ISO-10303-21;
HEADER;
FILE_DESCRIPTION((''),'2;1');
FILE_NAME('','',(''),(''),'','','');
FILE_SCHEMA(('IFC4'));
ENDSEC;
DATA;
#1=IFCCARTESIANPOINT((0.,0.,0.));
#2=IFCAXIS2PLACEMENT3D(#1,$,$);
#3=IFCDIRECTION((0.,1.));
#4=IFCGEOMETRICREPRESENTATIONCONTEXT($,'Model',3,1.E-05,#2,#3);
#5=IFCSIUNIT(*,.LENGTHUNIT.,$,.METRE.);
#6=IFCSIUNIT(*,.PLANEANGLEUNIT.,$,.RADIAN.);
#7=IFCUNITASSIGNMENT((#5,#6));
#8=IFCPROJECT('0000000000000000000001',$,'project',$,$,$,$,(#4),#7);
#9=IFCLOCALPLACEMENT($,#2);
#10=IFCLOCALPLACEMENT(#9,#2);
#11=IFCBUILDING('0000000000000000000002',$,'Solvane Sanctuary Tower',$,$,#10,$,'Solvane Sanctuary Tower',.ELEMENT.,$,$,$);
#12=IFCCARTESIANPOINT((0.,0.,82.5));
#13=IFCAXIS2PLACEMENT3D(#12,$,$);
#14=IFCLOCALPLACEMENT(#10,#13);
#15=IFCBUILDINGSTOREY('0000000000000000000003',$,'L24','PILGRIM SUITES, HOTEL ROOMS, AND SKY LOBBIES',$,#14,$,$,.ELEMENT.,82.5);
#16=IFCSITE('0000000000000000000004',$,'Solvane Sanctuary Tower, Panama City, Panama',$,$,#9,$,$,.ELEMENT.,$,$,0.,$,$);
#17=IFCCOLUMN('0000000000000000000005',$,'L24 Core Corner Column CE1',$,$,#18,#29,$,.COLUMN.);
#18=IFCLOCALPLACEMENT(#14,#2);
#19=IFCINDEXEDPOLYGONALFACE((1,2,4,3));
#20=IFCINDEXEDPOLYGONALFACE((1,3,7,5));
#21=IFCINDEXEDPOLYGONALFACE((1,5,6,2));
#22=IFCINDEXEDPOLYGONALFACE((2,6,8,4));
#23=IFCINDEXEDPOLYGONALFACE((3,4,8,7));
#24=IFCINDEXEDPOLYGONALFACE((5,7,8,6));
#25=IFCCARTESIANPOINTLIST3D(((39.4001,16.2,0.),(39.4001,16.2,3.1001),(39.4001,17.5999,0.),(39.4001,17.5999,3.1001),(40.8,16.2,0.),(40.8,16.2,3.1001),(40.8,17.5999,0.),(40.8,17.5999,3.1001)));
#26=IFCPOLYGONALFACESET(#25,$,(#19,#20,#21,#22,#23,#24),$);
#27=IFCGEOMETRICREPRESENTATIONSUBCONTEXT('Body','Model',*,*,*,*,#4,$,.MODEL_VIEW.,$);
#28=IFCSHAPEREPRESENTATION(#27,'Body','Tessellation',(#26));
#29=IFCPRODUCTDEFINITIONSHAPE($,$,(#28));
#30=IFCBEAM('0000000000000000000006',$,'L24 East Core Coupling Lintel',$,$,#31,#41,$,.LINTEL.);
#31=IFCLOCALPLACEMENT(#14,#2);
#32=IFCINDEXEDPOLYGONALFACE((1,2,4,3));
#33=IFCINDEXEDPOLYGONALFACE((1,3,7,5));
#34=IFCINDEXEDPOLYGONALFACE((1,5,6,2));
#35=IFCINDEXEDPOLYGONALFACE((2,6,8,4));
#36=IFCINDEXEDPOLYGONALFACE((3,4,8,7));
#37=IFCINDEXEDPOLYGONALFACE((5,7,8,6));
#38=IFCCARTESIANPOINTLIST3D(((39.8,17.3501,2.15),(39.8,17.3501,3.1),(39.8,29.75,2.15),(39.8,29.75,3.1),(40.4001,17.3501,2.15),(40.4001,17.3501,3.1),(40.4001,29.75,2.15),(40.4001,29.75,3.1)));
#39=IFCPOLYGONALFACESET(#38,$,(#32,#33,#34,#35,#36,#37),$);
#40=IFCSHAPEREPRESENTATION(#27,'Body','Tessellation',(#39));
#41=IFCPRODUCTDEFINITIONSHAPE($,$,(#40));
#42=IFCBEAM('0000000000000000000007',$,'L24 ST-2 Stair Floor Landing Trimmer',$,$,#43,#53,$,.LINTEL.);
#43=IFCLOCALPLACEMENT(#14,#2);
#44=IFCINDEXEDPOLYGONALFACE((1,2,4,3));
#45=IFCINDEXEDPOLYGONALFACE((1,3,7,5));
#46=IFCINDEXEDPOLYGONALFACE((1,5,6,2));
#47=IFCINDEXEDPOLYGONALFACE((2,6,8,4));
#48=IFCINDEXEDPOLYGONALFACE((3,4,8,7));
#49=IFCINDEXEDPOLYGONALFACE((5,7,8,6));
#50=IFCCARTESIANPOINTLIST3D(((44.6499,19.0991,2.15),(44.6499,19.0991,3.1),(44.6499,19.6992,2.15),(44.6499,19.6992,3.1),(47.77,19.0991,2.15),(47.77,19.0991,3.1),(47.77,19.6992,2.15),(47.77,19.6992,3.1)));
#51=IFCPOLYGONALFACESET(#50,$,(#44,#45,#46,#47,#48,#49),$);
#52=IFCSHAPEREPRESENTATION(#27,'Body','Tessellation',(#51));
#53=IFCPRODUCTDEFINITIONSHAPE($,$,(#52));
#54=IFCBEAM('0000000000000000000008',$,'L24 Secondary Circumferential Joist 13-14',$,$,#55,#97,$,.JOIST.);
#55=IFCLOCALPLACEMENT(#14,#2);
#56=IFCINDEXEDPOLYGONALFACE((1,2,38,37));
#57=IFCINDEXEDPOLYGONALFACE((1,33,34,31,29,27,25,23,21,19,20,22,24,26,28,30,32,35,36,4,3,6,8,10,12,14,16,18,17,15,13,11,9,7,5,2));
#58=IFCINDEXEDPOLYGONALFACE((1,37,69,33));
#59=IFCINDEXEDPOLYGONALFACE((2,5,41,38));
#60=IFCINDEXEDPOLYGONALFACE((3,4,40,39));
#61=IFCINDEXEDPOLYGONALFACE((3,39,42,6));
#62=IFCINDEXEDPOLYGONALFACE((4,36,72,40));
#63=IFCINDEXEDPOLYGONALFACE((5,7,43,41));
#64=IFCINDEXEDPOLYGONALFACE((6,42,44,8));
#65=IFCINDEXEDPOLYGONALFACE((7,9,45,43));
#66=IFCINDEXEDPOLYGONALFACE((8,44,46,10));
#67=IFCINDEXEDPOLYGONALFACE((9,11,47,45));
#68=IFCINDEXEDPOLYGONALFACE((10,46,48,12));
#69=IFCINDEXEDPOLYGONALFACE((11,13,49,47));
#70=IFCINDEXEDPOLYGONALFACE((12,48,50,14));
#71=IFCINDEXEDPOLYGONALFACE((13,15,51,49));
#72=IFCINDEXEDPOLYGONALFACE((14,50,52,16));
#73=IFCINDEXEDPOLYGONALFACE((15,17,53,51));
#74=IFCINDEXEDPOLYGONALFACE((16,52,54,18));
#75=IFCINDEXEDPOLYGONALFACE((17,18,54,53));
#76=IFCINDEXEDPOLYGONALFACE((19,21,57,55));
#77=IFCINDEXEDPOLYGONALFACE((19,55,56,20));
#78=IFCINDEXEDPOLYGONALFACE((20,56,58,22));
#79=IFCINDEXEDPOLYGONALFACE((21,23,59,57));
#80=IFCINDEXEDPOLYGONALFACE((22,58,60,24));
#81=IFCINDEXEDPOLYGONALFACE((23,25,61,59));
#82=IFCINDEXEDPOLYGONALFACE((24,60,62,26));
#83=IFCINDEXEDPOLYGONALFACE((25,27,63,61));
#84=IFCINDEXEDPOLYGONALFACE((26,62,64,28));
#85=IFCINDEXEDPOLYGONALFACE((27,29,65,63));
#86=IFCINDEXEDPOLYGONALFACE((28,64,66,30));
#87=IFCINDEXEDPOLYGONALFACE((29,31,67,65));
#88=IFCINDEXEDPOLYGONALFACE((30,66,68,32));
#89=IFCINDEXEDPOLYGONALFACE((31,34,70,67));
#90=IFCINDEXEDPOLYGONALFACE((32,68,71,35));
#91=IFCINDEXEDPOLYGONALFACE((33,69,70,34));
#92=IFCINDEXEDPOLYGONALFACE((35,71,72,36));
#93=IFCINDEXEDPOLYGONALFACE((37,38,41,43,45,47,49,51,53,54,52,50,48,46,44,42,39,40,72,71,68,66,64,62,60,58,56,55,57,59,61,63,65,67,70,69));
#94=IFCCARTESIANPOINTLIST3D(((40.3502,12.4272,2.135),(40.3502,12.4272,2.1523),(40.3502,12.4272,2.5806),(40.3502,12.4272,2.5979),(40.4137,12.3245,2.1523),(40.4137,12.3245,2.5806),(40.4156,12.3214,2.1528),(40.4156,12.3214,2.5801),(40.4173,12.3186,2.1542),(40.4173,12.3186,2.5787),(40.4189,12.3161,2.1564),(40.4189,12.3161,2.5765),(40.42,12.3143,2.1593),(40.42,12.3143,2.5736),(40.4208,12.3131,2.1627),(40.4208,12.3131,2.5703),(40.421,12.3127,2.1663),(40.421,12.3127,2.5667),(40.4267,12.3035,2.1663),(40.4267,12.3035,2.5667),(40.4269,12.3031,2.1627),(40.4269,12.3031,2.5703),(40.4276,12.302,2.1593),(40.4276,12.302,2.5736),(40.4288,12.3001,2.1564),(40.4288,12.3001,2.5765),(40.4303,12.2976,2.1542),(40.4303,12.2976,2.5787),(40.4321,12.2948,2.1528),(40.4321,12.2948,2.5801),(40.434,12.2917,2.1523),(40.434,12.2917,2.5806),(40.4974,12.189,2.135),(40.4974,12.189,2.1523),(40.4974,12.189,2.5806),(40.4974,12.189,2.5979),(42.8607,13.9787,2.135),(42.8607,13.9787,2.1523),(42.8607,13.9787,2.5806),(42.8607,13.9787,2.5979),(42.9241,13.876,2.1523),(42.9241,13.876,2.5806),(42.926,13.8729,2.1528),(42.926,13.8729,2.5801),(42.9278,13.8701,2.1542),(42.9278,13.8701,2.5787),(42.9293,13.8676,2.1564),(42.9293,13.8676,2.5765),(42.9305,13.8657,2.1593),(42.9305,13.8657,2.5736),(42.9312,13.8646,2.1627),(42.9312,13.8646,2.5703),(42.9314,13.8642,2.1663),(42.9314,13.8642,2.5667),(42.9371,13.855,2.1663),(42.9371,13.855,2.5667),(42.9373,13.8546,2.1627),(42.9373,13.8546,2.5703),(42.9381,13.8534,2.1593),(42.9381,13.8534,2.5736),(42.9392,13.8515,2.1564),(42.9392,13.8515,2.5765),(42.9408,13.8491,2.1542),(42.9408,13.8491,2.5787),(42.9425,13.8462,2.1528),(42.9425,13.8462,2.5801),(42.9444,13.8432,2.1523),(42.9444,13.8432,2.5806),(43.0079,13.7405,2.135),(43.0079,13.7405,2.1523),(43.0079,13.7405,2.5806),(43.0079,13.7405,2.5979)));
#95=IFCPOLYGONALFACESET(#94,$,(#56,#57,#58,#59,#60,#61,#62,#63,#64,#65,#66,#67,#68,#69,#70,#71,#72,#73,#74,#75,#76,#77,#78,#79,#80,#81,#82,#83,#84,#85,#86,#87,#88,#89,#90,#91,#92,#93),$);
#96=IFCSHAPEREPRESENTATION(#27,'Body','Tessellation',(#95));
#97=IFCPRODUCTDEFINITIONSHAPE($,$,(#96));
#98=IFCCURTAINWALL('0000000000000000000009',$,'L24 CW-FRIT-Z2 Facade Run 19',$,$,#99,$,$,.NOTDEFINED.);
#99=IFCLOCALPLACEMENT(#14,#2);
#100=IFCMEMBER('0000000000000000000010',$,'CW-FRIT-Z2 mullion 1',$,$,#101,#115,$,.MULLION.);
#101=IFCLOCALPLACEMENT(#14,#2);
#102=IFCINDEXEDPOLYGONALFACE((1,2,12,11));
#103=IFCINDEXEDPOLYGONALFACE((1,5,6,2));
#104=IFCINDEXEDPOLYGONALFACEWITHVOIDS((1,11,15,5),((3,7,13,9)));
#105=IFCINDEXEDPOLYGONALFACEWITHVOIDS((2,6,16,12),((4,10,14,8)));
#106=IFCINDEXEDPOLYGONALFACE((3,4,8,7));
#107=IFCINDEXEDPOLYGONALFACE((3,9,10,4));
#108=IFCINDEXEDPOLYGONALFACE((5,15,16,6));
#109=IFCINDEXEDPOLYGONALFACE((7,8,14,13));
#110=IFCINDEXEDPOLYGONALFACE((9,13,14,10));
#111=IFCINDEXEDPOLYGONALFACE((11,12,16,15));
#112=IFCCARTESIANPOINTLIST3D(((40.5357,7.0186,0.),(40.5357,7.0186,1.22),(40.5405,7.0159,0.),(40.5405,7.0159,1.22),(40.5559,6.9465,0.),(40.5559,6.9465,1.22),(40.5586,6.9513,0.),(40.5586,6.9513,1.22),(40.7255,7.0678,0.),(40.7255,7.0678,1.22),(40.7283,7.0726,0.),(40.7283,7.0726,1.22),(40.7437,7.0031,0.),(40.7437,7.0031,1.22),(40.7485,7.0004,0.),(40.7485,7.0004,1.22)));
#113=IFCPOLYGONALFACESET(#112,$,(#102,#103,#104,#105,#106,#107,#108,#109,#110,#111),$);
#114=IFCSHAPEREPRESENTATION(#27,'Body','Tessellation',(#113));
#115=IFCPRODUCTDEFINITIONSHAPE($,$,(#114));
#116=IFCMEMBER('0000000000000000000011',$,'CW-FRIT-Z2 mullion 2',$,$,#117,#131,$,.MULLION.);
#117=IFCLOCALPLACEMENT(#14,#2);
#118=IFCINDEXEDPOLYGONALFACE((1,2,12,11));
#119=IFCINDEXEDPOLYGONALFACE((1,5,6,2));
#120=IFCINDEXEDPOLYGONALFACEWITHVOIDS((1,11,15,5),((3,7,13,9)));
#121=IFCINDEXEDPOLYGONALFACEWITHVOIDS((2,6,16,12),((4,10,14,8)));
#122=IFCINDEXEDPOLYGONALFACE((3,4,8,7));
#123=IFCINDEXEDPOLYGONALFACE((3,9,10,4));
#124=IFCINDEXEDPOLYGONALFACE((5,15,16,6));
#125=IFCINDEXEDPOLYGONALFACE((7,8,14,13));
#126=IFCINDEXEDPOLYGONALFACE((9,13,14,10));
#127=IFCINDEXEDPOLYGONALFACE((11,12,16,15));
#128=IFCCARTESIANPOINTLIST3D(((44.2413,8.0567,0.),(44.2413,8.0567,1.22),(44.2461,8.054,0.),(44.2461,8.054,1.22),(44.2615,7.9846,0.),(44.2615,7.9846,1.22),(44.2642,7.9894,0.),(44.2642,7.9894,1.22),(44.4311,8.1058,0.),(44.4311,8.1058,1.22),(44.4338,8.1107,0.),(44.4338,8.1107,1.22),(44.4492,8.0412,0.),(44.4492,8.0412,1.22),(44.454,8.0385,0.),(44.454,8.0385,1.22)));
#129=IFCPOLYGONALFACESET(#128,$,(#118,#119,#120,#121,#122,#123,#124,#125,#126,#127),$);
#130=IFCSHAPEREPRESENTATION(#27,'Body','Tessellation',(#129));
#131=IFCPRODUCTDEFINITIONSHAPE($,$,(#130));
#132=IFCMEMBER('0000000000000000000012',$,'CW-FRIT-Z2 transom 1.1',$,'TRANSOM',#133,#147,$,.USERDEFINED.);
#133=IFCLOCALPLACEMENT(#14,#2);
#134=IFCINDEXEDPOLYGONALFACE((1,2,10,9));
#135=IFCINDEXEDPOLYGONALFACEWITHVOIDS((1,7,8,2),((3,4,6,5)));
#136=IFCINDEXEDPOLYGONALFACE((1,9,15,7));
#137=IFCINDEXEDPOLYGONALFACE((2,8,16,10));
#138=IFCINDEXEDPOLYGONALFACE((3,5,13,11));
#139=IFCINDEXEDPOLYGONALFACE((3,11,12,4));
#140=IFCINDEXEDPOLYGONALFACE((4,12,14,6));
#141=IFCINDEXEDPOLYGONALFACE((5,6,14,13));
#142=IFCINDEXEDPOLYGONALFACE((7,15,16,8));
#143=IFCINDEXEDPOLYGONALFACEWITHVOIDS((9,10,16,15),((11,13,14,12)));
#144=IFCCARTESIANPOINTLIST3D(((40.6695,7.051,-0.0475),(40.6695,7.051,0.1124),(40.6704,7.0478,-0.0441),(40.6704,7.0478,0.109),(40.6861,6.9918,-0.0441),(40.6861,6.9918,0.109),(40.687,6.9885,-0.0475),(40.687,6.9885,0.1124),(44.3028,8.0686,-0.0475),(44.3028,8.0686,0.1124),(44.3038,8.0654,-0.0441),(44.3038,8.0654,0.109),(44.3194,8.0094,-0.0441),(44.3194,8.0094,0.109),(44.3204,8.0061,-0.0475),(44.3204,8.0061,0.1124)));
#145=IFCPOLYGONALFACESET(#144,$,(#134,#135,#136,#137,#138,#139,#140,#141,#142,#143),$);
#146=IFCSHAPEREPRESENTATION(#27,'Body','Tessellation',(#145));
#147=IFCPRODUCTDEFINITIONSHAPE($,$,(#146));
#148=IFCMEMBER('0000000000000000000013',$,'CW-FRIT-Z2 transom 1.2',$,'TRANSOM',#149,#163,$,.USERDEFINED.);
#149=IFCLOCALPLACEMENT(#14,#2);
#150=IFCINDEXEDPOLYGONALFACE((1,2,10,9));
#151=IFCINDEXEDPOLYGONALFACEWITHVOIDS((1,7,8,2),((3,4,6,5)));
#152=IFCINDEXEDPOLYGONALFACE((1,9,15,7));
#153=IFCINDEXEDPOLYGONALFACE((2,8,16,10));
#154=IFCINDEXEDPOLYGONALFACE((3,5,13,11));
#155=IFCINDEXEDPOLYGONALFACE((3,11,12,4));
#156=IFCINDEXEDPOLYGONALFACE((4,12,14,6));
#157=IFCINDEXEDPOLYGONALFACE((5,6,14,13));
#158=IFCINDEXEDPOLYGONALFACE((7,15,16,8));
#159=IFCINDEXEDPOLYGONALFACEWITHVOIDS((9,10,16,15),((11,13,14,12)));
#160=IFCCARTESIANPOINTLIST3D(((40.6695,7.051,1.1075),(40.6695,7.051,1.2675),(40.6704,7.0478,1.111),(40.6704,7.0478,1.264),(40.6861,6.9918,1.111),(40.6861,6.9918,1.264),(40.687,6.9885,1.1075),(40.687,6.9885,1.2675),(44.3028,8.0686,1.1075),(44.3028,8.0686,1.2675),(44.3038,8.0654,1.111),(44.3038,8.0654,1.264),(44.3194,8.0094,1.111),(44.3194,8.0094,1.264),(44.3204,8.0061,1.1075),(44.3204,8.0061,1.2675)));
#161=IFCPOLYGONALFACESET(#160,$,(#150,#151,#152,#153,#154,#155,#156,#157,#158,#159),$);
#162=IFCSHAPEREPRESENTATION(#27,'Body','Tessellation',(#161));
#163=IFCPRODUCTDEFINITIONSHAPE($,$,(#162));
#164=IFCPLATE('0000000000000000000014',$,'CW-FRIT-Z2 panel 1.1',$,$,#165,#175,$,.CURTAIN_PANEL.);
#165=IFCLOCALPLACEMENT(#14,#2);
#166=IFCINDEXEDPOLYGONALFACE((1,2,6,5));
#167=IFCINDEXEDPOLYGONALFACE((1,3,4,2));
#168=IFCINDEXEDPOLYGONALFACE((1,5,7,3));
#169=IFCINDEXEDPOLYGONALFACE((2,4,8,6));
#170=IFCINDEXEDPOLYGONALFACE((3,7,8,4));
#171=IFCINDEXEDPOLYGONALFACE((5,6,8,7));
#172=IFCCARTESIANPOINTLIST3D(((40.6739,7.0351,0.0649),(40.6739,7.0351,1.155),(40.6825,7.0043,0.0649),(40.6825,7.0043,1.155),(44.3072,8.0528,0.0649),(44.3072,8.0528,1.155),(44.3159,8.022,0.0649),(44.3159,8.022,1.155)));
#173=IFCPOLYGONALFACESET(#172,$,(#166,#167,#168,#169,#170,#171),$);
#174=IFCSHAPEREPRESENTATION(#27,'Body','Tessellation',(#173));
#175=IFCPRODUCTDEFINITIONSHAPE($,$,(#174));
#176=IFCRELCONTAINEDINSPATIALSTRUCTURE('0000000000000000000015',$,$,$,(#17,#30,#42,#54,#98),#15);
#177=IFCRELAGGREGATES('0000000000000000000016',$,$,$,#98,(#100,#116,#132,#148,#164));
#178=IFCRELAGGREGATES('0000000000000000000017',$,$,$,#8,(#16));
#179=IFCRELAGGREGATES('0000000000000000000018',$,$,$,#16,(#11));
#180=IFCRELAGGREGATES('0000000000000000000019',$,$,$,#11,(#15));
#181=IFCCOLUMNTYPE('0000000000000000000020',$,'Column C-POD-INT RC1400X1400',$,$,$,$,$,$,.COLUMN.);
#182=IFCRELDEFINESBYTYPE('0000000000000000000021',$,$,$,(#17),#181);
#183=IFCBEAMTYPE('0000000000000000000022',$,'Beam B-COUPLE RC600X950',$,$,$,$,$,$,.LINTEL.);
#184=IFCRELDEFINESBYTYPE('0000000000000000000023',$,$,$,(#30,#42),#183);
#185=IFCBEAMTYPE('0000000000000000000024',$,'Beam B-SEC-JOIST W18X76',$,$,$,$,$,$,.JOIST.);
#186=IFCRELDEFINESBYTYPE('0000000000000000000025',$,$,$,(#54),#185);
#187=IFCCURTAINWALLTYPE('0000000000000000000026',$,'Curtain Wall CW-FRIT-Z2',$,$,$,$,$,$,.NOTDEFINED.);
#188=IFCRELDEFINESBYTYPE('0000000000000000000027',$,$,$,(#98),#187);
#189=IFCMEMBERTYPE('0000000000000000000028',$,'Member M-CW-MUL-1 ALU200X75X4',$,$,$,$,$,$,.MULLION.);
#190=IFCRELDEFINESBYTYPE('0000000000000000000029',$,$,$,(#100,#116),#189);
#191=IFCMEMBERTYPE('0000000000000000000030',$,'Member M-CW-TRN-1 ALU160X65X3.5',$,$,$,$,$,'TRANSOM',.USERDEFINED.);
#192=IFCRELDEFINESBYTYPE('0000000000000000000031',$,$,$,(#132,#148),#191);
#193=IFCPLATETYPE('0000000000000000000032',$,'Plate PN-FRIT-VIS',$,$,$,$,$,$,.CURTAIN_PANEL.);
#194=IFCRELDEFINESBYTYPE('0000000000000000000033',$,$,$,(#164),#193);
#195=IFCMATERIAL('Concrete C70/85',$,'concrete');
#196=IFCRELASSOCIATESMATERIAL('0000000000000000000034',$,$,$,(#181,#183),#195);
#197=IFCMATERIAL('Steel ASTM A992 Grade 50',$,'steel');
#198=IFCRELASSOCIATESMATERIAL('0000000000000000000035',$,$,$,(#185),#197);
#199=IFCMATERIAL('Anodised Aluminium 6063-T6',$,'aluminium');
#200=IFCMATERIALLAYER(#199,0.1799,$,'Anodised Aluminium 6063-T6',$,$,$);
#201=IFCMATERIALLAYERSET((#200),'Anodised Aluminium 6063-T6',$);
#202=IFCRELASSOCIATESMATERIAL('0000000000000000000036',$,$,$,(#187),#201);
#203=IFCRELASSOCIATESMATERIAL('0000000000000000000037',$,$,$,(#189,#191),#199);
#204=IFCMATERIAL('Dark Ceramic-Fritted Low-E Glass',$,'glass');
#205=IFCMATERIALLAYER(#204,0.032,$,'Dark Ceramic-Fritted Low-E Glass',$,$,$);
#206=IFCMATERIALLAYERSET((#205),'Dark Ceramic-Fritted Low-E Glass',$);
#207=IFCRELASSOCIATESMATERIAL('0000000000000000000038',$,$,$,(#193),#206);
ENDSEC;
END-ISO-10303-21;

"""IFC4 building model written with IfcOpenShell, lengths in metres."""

from ifc_helpers import new_model, si_unit, direction, frame, origin, origin_2d, place, context, subcontext, project, spatial, rectangle, hollow_rectangle, i_section, extrude, material, layer, layer_set, material_profile, profile_set, type_object, element, aggregate, save


model = new_model("IFC4")

# Units and contexts
model_context = context("Model", 3, precision=1e-05, world=origin(), true_north=direction((0.0, 1.0)))
body_context = subcontext(model_context, "Body", "Model", "MODEL_VIEW")
ifc_project = project(units=[si_unit("LENGTHUNIT", "METRE"), si_unit("PLANEANGLEUNIT", "RADIAN")], contexts=[model_context])

# Site, building, storey
site_placement = place(None, origin())
site = spatial("IfcSite", under=ifc_project, at=site_placement, Name="Solvane Sanctuary Tower, Panama City, Panama", CompositionType="ELEMENT", RefElevation=0.0)
building_placement = place(site_placement, origin())
building = spatial("IfcBuilding", under=site, at=building_placement, Name="Solvane Sanctuary Tower", LongName="Solvane Sanctuary Tower", CompositionType="ELEMENT")
storey_placement = place(building_placement, frame((0.0, 0.0, 82.5)))
storey = spatial("IfcBuildingStorey", under=building, at=storey_placement, Name="L24", Description="PILGRIM SUITES, HOTEL ROOMS, AND SKY LOBBIES", CompositionType="ELEMENT", Elevation=82.5)

# Column
ifc_material_1 = material(Name="Concrete C70/85", Category="concrete")
ifc_material_profile_1 = material_profile(ifc_material_1, rectangle(XDim=1.3999, YDim=1.3999, at=origin_2d()), Name="RC1400X1400")
ifc_profile_set_1 = profile_set([ifc_material_profile_1], Name="Concrete C70/85")
column_type = type_object("IfcColumnType", Name="Column C-POD-INT RC1400X1400", PredefinedType="COLUMN", material=ifc_profile_set_1)
column_placement = place(storey_placement, frame((40.1001, 16.8999, 0.0), z_axis=(0.0, 0.0, 1.0), x_axis=(1.0, 0.0, 0.0)))
element("IfcColumn", 1, at=column_placement, inside=storey, type_object=column_type, Name="L24 Core Corner Column CE1", PredefinedType="COLUMN", context=body_context, shape_type="SweptSolid", body=[
    extrude(rectangle(XDim=1.3999, YDim=1.3999, at=origin_2d()), origin(), (0.0, 0.0, 1.0), 3.1001),
])

# Beams
ifc_material_profile_2 = material_profile(ifc_material_1, rectangle(XDim=0.6001, YDim=0.95, at=origin_2d()), Name="RC600X950")
ifc_profile_set_2 = profile_set([ifc_material_profile_2], Name="Concrete C70/85")
beam_type_1 = type_object("IfcBeamType", Name="Beam B-COUPLE RC600X950", PredefinedType="LINTEL", material=ifc_profile_set_2)
beam_1_placement = place(storey_placement, frame((40.1001, 17.3501, 2.625), z_axis=(0.0, 1.0, 0.0), x_axis=(-1.0, 0.0, 0.0)))
element("IfcBeam", 2, at=beam_1_placement, inside=storey, type_object=beam_type_1, Name="L24 East Core Coupling Lintel", PredefinedType="LINTEL", context=body_context, shape_type="SweptSolid", body=[
    extrude(rectangle(XDim=0.6001, YDim=0.95, at=origin_2d()), origin(), (0.0, 0.0, 1.0), 12.3999),
])
beam_2_placement = place(storey_placement, frame((44.6499, 19.3992, 2.625), z_axis=(1.0, 0.0, 0.0), x_axis=(0.0, 1.0, 0.0)))
element("IfcBeam", 3, at=beam_2_placement, inside=storey, type_object=beam_type_1, Name="L24 ST-2 Stair Floor Landing Trimmer", PredefinedType="LINTEL", context=body_context, shape_type="SweptSolid", body=[
    extrude(rectangle(XDim=0.6001, YDim=0.95, at=origin_2d()), origin(), (0.0, 0.0, 1.0), 3.1201),
])
ifc_material_2 = material(Name="Steel ASTM A992 Grade 50", Category="steel")
ifc_material_profile_3 = material_profile(ifc_material_2, i_section(OverallWidth=0.28, OverallDepth=0.4629, WebThickness=0.0107, FlangeThickness=0.0173, FilletRadius=0.0139, at=origin_2d()), Name="W18X76")
ifc_profile_set_3 = profile_set([ifc_material_profile_3], Name="Steel ASTM A992 Grade 50")
beam_type_2 = type_object("IfcBeamType", Name="Beam B-SEC-JOIST W18X76", PredefinedType="JOIST", material=ifc_profile_set_3)
beam_3_placement = place(storey_placement, frame((40.4238, 12.3081, 2.3665), z_axis=(0.85066, 0.525717, 0.0), x_axis=(-0.525717, 0.85066, 0.0)))
element("IfcBeam", 4, at=beam_3_placement, inside=storey, type_object=beam_type_2, Name="L24 Secondary Circumferential Joist 13-14", PredefinedType="JOIST", context=body_context, shape_type="SweptSolid", body=[
    extrude(i_section(OverallWidth=0.28, OverallDepth=0.4629, WebThickness=0.0107, FlangeThickness=0.0173, FilletRadius=0.0139, at=origin_2d()), origin(), (0.0, 0.0, 1.0), 2.9512),
])

# Curtain wall, members, plate
ifc_material_3 = material(Name="Anodised Aluminium 6063-T6", Category="aluminium")
ifc_layer_1 = layer(ifc_material_3, 0.1799, Name="Anodised Aluminium 6063-T6")
ifc_layer_set_1 = layer_set([ifc_layer_1], Name="Anodised Aluminium 6063-T6")
curtain_wall_type = type_object("IfcCurtainWallType", Name="Curtain Wall CW-FRIT-Z2", PredefinedType="NOTDEFINED", material=ifc_layer_set_1)
curtain_wall_placement = place(storey_placement, origin())
curtain_wall = element("IfcCurtainWall", 5, at=curtain_wall_placement, inside=storey, type_object=curtain_wall_type, Name="L24 CW-FRIT-Z2 Facade Run 19", PredefinedType="NOTDEFINED")
ifc_material_profile_4 = material_profile(ifc_material_3, hollow_rectangle(XDim=0.075, YDim=0.2, WallThickness=0.0039, at=origin_2d()), Name="ALU200X75X4")
ifc_profile_set_4 = profile_set([ifc_material_profile_4], Name="Anodised Aluminium 6063-T6")
member_type_1 = type_object("IfcMemberType", Name="Member M-CW-MUL-1 ALU200X75X4", PredefinedType="MULLION", material=ifc_profile_set_4)
member_1_placement = place(storey_placement, frame((40.6421, 7.0095, 0.0), z_axis=(0.0, 0.0, 1.0), x_axis=(-0.269705, 0.962943, 0.0)))
member_1 = element("IfcMember", 6, at=member_1_placement, type_object=member_type_1, Name="CW-FRIT-Z2 mullion 1", PredefinedType="MULLION", context=body_context, shape_type="SweptSolid", body=[
    extrude(hollow_rectangle(XDim=0.075, YDim=0.2, WallThickness=0.0039, at=origin_2d()), origin(), (0.0, 0.0, 1.0), 1.22),
])
member_2_placement = place(storey_placement, frame((44.3477, 8.0476, 0.0), z_axis=(0.0, 0.0, 1.0), x_axis=(-0.269705, 0.962943, 0.0)))
member_2 = element("IfcMember", 7, at=member_2_placement, type_object=member_type_1, Name="CW-FRIT-Z2 mullion 2", PredefinedType="MULLION", context=body_context, shape_type="SweptSolid", body=[
    extrude(hollow_rectangle(XDim=0.075, YDim=0.2, WallThickness=0.0039, at=origin_2d()), origin(), (0.0, 0.0, 1.0), 1.22),
])
ifc_material_profile_5 = material_profile(ifc_material_3, hollow_rectangle(XDim=0.0649, YDim=0.1599, WallThickness=0.0034, at=origin_2d()), Name="ALU160X65X3.5")
ifc_profile_set_5 = profile_set([ifc_material_profile_5], Name="Anodised Aluminium 6063-T6")
member_type_2 = type_object("IfcMemberType", Name="Member M-CW-TRN-1 ALU160X65X3.5", ElementType="TRANSOM", PredefinedType="USERDEFINED", material=ifc_profile_set_5)
member_3_placement = place(storey_placement, frame((40.6782, 7.0198, 0.0325), z_axis=(0.962947, 0.269692, 0.0), x_axis=(-0.269692, 0.962947, 0.0)))
member_3 = element("IfcMember", 8, at=member_3_placement, type_object=member_type_2, Name="CW-FRIT-Z2 transom 1.1", ObjectType="TRANSOM", PredefinedType="USERDEFINED", context=body_context, shape_type="SweptSolid", body=[
    extrude(hollow_rectangle(XDim=0.0649, YDim=0.1599, WallThickness=0.0034, at=origin_2d()), origin(), (0.0, 0.0, 1.0), 3.7732),
])
member_4_placement = place(storey_placement, frame((40.6782, 7.0198, 1.1875), z_axis=(0.962947, 0.269692, 0.0), x_axis=(-0.269692, 0.962947, 0.0)))
member_4 = element("IfcMember", 9, at=member_4_placement, type_object=member_type_2, Name="CW-FRIT-Z2 transom 1.2", ObjectType="TRANSOM", PredefinedType="USERDEFINED", context=body_context, shape_type="SweptSolid", body=[
    extrude(hollow_rectangle(XDim=0.0649, YDim=0.1599, WallThickness=0.0034, at=origin_2d()), origin(), (0.0, 0.0, 1.0), 3.7732),
])
ifc_material_4 = material(Name="Dark Ceramic-Fritted Low-E Glass", Category="glass")
ifc_layer_2 = layer(ifc_material_4, 0.032, Name="Dark Ceramic-Fritted Low-E Glass")
ifc_layer_set_2 = layer_set([ifc_layer_2], Name="Dark Ceramic-Fritted Low-E Glass")
plate_type = type_object("IfcPlateType", Name="Plate PN-FRIT-VIS", PredefinedType="CURTAIN_PANEL", material=ifc_layer_set_2)
plate_placement = place(storey_placement, frame((42.4949, 7.5286, 0.0649), z_axis=(0.0, 0.0, 1.0), x_axis=(0.962943, 0.269705, 0.0)))
plate = element("IfcPlate", 10, at=plate_placement, type_object=plate_type, Name="CW-FRIT-Z2 panel 1.1", PredefinedType="CURTAIN_PANEL", context=body_context, shape_type="SweptSolid", body=[
    extrude(rectangle(XDim=3.7732, YDim=0.032, at=origin_2d()), origin(), (0.0, 0.0, 1.0), 1.0901),
])
aggregate(curtain_wall, [member_1, member_2, member_3, member_4, plate])

save(model, "model.ifc")
